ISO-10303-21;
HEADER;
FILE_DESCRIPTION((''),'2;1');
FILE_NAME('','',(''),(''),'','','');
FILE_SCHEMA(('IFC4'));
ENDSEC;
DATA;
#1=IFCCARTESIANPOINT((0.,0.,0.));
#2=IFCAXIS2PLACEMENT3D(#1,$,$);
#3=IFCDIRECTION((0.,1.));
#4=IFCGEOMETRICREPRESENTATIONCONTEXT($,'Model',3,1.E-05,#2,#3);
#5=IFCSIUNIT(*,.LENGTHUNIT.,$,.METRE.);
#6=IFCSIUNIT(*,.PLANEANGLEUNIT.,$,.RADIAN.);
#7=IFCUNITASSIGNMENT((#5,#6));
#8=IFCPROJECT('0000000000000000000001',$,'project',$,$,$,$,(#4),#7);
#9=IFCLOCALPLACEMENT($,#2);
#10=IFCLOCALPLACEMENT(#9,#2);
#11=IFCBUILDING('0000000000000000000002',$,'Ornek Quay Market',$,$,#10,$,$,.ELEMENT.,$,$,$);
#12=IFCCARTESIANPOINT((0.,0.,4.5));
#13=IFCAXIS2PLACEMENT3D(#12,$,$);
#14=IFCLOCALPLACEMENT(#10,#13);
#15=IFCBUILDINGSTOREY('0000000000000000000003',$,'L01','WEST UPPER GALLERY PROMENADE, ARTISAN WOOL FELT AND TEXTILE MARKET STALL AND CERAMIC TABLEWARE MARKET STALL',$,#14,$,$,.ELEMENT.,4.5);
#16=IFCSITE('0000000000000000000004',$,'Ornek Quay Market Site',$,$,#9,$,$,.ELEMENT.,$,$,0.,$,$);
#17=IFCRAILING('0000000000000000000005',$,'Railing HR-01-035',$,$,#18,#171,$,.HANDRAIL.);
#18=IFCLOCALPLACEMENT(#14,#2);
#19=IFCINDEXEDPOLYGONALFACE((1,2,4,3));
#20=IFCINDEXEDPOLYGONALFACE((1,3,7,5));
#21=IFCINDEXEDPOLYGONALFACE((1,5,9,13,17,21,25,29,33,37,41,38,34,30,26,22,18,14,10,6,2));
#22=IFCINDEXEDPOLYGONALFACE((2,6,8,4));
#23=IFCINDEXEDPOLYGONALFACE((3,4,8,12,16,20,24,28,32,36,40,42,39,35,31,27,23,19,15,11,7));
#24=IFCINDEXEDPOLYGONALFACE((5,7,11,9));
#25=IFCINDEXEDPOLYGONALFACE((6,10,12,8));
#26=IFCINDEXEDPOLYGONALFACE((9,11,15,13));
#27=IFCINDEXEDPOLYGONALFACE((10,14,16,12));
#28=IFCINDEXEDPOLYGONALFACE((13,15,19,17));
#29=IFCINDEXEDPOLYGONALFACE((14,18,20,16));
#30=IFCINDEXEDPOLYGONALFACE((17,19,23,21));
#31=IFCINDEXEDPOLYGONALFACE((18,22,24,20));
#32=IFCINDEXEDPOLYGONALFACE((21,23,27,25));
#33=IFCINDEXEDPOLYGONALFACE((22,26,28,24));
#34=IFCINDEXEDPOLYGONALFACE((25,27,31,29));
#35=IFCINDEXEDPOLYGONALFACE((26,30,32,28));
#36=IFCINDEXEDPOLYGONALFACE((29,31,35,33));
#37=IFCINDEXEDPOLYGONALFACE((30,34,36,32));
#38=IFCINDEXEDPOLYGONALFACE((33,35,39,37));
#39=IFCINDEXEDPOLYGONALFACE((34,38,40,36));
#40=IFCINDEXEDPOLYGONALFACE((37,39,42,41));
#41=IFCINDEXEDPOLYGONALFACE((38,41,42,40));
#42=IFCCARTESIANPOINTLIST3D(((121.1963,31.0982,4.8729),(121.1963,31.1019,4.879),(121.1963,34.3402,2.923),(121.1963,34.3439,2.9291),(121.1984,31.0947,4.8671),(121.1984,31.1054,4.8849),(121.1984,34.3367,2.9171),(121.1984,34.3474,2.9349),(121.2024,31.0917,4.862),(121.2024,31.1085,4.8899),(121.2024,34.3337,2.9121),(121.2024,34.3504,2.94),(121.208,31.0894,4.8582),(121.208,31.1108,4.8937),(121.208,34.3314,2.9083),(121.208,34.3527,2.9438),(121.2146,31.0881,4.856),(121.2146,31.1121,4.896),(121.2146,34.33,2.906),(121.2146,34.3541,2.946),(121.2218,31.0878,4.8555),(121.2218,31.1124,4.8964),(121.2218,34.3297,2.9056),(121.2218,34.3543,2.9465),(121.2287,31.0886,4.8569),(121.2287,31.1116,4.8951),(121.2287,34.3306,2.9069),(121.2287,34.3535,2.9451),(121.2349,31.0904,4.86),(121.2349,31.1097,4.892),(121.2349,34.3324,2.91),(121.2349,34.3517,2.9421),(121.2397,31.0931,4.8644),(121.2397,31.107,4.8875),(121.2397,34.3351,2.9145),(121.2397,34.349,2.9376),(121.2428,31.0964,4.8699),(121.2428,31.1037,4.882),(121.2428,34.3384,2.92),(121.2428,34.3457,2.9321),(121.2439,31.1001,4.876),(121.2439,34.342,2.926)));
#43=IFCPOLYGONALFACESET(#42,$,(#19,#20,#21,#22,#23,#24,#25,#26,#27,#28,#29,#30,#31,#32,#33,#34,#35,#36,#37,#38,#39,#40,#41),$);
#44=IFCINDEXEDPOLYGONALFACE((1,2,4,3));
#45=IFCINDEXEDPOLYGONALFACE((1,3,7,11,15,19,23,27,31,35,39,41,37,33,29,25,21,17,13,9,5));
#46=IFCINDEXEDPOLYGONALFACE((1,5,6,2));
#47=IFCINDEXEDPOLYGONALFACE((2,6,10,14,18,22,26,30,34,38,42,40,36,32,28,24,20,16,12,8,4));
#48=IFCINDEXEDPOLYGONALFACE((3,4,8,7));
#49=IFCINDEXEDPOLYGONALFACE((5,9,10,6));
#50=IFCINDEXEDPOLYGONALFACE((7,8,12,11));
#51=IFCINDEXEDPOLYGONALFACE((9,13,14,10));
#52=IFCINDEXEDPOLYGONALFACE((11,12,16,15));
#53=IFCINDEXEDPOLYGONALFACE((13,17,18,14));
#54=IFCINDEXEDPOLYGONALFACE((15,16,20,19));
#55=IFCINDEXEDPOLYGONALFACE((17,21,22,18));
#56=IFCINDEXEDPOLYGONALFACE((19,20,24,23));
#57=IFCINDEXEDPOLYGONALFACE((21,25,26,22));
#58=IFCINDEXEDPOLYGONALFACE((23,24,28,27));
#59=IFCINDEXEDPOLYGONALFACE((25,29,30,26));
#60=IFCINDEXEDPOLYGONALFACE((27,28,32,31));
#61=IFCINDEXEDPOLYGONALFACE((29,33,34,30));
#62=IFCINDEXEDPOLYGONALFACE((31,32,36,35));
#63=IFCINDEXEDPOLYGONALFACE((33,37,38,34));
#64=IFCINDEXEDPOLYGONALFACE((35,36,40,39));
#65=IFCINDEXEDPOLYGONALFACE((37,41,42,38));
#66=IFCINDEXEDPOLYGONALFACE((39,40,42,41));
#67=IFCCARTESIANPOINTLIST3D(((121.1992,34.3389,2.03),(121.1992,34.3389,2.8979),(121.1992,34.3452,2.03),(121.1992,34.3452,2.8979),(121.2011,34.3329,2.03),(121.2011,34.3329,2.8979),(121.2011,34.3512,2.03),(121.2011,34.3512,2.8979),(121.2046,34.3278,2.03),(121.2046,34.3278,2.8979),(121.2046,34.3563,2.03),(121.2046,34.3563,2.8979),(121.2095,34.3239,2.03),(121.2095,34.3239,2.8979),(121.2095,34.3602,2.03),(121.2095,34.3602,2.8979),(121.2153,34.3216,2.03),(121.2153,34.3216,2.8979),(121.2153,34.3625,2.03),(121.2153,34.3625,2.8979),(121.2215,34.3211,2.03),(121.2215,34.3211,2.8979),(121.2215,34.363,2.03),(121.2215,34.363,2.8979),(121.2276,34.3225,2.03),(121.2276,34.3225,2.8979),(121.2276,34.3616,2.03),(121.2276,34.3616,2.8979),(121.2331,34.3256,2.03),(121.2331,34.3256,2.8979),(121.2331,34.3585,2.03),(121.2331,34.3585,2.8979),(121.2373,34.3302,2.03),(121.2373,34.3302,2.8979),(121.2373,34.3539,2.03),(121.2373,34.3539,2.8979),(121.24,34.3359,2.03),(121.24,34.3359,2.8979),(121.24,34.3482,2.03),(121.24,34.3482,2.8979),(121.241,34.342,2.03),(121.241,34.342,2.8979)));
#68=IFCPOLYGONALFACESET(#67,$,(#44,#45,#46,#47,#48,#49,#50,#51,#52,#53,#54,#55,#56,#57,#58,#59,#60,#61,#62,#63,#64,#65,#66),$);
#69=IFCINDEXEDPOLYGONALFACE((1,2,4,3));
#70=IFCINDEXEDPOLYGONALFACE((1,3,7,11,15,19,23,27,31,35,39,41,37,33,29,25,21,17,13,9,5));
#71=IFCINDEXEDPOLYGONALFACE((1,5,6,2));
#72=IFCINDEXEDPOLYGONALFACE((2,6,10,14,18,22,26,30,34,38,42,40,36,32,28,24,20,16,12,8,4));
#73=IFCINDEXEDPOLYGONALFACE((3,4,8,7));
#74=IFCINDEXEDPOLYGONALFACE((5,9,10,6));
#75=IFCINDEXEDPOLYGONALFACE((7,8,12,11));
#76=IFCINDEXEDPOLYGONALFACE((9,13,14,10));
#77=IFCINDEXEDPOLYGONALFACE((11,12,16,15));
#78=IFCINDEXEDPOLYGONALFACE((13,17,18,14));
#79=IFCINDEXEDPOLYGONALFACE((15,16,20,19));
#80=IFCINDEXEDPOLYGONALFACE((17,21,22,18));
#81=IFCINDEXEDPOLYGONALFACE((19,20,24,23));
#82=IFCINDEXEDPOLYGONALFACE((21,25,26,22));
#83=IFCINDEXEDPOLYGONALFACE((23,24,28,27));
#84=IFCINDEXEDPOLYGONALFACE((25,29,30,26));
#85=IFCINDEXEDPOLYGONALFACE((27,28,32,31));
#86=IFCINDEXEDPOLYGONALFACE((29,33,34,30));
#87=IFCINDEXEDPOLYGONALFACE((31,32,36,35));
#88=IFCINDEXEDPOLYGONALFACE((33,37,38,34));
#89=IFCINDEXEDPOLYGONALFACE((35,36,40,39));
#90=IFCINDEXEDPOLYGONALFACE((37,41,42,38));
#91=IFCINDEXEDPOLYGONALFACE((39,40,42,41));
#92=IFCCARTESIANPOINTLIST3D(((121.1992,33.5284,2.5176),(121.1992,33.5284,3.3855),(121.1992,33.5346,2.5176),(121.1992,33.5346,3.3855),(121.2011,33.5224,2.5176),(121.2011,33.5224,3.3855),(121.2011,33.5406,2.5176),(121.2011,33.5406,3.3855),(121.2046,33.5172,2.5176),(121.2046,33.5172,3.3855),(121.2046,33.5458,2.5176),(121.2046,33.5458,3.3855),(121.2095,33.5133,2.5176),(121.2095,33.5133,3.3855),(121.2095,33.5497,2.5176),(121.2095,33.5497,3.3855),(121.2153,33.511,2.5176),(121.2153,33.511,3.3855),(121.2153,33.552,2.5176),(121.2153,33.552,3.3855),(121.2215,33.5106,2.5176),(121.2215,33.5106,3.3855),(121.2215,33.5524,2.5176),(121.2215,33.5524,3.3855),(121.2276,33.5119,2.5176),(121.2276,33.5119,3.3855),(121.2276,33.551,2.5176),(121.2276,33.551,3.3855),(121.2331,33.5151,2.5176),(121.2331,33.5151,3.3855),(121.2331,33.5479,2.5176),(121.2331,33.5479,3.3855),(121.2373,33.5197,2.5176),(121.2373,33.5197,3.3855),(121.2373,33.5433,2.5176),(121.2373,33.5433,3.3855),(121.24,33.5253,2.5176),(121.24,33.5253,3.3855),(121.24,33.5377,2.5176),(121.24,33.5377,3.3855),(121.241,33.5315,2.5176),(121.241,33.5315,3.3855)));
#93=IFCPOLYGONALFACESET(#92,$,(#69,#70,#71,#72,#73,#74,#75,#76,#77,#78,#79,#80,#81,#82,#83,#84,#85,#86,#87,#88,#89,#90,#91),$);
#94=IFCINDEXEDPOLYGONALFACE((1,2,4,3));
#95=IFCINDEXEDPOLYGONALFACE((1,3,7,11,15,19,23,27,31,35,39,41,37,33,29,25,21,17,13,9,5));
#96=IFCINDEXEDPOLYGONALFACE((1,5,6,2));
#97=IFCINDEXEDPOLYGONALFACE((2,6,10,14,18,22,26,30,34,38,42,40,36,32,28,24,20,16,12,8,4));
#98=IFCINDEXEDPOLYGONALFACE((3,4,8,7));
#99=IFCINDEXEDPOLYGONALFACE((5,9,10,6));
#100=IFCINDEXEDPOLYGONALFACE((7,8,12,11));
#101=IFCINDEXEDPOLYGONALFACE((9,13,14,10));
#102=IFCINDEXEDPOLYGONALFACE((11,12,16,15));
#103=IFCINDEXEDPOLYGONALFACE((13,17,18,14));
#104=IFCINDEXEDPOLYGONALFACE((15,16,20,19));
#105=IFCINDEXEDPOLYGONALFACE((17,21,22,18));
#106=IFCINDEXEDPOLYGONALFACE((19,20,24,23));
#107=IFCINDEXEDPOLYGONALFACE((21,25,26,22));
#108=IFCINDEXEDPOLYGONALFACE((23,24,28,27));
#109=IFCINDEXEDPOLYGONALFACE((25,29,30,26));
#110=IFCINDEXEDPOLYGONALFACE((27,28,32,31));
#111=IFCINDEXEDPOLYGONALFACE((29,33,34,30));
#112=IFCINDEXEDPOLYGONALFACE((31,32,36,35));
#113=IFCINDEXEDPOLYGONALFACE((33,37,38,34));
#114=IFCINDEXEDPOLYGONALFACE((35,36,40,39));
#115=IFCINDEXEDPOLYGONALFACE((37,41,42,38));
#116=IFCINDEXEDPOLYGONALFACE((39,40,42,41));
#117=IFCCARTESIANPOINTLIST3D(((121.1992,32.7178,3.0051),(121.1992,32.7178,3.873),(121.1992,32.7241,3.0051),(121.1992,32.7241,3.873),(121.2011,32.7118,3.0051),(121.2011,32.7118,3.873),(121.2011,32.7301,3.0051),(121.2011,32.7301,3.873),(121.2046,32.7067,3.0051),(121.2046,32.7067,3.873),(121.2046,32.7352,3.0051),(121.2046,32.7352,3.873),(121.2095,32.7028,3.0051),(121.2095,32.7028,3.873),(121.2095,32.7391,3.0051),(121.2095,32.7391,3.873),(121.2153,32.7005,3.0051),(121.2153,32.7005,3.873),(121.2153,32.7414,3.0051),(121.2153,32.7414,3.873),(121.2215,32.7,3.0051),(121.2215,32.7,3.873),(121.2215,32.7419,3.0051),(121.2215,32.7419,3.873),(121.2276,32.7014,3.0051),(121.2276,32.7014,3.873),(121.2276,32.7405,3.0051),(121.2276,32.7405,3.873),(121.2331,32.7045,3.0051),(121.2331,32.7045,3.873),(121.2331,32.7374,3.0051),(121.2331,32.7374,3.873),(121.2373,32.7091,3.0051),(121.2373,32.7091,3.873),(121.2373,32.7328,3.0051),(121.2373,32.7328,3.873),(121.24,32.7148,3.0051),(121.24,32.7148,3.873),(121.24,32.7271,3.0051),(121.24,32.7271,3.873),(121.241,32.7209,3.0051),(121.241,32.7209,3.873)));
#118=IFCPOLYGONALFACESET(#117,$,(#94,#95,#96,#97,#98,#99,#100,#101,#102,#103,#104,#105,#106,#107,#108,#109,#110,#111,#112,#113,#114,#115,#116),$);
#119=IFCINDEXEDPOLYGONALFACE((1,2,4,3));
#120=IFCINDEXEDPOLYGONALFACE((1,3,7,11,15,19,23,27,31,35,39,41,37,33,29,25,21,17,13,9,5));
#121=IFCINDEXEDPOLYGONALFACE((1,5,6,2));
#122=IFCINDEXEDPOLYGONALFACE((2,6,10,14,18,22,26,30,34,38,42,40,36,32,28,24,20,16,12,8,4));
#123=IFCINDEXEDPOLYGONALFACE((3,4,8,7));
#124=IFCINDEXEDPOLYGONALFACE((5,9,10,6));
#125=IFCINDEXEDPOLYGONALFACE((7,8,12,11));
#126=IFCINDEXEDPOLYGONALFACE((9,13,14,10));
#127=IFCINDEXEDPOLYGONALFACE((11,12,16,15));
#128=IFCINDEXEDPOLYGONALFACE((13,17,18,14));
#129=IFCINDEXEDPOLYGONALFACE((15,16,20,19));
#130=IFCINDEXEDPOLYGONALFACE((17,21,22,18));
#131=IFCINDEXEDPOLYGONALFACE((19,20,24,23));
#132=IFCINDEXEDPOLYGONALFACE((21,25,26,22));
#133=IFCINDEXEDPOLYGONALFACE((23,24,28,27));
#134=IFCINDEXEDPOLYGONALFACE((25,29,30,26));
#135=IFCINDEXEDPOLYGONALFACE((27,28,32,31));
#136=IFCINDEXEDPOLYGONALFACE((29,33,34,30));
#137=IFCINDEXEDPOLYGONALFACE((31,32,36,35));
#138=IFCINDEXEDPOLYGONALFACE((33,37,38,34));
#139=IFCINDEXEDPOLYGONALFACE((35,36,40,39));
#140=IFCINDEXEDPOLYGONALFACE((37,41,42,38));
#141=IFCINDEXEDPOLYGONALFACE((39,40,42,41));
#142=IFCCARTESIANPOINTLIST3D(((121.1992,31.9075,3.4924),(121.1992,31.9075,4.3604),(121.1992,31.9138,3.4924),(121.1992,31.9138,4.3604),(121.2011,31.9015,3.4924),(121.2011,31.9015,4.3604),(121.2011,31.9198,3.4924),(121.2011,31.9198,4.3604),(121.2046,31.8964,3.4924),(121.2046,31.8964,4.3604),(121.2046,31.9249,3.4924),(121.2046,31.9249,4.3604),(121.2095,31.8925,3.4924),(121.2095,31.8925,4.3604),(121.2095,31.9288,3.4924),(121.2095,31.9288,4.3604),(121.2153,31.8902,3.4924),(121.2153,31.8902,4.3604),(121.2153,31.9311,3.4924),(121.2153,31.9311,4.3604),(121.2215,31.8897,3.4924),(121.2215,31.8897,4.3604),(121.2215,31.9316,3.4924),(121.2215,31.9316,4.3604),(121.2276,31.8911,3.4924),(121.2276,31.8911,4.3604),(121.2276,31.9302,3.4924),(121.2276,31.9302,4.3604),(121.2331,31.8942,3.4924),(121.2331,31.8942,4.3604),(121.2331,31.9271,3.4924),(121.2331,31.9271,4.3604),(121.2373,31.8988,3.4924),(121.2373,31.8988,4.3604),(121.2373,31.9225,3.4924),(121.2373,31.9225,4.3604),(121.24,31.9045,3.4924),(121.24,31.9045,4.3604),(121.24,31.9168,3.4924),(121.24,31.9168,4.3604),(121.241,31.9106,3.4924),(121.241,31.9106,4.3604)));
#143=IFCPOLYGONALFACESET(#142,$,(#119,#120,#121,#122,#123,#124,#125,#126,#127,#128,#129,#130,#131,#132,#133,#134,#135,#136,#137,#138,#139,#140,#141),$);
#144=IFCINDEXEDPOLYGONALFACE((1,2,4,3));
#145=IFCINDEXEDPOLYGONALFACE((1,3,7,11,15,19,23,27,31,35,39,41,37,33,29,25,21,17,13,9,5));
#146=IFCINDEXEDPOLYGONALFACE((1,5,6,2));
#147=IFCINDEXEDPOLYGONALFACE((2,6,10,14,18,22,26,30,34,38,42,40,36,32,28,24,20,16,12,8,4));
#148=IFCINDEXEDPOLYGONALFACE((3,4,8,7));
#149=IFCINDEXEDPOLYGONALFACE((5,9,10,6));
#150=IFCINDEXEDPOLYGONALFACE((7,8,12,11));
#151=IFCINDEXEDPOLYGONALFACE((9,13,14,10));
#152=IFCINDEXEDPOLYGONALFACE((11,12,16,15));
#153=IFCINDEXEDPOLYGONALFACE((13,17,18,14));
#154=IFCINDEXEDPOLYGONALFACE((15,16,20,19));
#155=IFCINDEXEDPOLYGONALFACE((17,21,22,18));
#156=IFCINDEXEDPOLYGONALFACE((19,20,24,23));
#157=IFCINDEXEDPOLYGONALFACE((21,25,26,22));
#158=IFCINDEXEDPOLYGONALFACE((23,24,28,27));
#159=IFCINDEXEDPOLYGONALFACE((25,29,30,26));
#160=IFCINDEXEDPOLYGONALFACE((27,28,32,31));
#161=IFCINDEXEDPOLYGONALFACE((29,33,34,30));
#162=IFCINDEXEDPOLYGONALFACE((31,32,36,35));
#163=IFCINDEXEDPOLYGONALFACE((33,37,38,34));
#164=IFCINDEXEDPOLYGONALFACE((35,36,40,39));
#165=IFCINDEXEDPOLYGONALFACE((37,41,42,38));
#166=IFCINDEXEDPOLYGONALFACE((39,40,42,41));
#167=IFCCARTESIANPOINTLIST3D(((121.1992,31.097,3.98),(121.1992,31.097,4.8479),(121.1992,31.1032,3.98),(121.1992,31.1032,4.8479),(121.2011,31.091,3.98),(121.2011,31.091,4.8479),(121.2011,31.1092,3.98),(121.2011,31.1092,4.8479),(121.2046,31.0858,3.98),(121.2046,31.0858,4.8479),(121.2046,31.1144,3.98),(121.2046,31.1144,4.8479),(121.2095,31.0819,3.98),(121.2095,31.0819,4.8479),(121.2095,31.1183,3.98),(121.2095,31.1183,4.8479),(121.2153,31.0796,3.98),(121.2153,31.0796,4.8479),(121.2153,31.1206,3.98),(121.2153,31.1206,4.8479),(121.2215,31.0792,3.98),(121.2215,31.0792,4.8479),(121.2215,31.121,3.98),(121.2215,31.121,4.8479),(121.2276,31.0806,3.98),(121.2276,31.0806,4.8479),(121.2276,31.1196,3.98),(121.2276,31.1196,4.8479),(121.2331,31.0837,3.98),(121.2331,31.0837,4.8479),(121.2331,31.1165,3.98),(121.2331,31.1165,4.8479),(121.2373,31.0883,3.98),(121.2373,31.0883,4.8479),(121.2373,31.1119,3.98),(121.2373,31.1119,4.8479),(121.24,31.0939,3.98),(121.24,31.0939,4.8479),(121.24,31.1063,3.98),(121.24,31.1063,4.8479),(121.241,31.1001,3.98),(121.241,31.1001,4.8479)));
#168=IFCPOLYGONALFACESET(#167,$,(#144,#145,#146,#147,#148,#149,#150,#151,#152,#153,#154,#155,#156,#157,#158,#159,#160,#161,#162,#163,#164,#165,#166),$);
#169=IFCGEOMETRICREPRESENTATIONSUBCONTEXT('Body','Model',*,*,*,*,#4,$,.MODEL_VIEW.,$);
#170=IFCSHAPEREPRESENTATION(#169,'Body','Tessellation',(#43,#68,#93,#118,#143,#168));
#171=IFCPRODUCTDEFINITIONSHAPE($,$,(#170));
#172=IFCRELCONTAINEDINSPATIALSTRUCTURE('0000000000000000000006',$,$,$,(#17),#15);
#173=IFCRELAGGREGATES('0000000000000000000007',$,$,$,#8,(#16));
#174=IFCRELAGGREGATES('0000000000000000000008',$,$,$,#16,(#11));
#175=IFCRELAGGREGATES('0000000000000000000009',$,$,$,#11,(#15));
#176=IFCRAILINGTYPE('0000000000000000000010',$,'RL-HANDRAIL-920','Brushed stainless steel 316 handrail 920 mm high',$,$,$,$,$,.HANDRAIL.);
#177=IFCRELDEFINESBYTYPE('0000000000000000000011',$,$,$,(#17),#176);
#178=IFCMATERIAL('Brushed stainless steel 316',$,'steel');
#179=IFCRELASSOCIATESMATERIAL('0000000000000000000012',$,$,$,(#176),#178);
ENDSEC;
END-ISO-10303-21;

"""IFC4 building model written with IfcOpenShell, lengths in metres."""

from ifc_helpers import new_model, si_unit, direction, frame, origin, origin_2d, place, context, subcontext, project, spatial, circle, extrude, material, type_object, element, save


model = new_model("IFC4")

# Units and contexts
model_context = context("Model", 3, precision=1e-05, world=origin(), true_north=direction((0.0, 1.0)))
body_context = subcontext(model_context, "Body", "Model", "MODEL_VIEW")
ifc_project = project(units=[si_unit("LENGTHUNIT", "METRE"), si_unit("PLANEANGLEUNIT", "RADIAN")], contexts=[model_context])

# Site, building, storey
site_placement = place(None, origin())
site = spatial("IfcSite", under=ifc_project, at=site_placement, Name="Ornek Quay Market Site", CompositionType="ELEMENT", RefElevation=0.0)
building_placement = place(site_placement, origin())
building = spatial("IfcBuilding", under=site, at=building_placement, Name="Ornek Quay Market", CompositionType="ELEMENT")
storey_placement = place(building_placement, frame((0.0, 0.0, 4.5)))
storey = spatial("IfcBuildingStorey", under=building, at=storey_placement, Name="L01", Description="WEST UPPER GALLERY PROMENADE, ARTISAN WOOL FELT AND TEXTILE MARKET STALL AND CERAMIC TABLEWARE MARKET STALL", CompositionType="ELEMENT", Elevation=4.5)

# Railing
ifc_material_1 = material(Name="Brushed stainless steel 316", Category="steel")
railing_type_1 = type_object("IfcRailingType", Name="RL-HANDRAIL-920", Description="Brushed stainless steel 316 handrail 920 mm high", PredefinedType="HANDRAIL", material=ifc_material_1)
railing_1_placement = place(storey_placement, frame((121.22, 34.342, 2.03)))
element("IfcRailing", 1, at=railing_1_placement, inside=storey, type_object=railing_type_1, Name="Railing HR-01-035", PredefinedType="HANDRAIL", context=body_context, shape_type="SweptSolid", body=[
    extrude(circle(Radius=0.0239, at=origin_2d()), frame((0.0, 0.0, 0.896), z_axis=(0.0, -0.856934, 0.515425), x_axis=(1.0, 0.0, 0.0)), (0.0, 0.0, 1.0), 3.7832),
    extrude(circle(Radius=0.021, at=origin_2d()), origin(), (0.0, 0.0, 1.0), 0.8679),
    extrude(circle(Radius=0.021, at=origin_2d()), frame((0.0, -0.8105, 0.4875)), (0.0, 0.0, 1.0), 0.8679),
    extrude(circle(Radius=0.021, at=origin_2d()), frame((0.0, -1.6211, 0.9751)), (0.0, 0.0, 1.0), 0.8679),
    extrude(circle(Radius=0.021, at=origin_2d()), frame((0.0, -2.4314, 1.4624)), (0.0, 0.0, 1.0), 0.8679),
    extrude(circle(Radius=0.021, at=origin_2d()), frame((0.0, -3.2419, 1.95)), (0.0, 0.0, 1.0), 0.8679),
])

save(model, "model.ifc")
